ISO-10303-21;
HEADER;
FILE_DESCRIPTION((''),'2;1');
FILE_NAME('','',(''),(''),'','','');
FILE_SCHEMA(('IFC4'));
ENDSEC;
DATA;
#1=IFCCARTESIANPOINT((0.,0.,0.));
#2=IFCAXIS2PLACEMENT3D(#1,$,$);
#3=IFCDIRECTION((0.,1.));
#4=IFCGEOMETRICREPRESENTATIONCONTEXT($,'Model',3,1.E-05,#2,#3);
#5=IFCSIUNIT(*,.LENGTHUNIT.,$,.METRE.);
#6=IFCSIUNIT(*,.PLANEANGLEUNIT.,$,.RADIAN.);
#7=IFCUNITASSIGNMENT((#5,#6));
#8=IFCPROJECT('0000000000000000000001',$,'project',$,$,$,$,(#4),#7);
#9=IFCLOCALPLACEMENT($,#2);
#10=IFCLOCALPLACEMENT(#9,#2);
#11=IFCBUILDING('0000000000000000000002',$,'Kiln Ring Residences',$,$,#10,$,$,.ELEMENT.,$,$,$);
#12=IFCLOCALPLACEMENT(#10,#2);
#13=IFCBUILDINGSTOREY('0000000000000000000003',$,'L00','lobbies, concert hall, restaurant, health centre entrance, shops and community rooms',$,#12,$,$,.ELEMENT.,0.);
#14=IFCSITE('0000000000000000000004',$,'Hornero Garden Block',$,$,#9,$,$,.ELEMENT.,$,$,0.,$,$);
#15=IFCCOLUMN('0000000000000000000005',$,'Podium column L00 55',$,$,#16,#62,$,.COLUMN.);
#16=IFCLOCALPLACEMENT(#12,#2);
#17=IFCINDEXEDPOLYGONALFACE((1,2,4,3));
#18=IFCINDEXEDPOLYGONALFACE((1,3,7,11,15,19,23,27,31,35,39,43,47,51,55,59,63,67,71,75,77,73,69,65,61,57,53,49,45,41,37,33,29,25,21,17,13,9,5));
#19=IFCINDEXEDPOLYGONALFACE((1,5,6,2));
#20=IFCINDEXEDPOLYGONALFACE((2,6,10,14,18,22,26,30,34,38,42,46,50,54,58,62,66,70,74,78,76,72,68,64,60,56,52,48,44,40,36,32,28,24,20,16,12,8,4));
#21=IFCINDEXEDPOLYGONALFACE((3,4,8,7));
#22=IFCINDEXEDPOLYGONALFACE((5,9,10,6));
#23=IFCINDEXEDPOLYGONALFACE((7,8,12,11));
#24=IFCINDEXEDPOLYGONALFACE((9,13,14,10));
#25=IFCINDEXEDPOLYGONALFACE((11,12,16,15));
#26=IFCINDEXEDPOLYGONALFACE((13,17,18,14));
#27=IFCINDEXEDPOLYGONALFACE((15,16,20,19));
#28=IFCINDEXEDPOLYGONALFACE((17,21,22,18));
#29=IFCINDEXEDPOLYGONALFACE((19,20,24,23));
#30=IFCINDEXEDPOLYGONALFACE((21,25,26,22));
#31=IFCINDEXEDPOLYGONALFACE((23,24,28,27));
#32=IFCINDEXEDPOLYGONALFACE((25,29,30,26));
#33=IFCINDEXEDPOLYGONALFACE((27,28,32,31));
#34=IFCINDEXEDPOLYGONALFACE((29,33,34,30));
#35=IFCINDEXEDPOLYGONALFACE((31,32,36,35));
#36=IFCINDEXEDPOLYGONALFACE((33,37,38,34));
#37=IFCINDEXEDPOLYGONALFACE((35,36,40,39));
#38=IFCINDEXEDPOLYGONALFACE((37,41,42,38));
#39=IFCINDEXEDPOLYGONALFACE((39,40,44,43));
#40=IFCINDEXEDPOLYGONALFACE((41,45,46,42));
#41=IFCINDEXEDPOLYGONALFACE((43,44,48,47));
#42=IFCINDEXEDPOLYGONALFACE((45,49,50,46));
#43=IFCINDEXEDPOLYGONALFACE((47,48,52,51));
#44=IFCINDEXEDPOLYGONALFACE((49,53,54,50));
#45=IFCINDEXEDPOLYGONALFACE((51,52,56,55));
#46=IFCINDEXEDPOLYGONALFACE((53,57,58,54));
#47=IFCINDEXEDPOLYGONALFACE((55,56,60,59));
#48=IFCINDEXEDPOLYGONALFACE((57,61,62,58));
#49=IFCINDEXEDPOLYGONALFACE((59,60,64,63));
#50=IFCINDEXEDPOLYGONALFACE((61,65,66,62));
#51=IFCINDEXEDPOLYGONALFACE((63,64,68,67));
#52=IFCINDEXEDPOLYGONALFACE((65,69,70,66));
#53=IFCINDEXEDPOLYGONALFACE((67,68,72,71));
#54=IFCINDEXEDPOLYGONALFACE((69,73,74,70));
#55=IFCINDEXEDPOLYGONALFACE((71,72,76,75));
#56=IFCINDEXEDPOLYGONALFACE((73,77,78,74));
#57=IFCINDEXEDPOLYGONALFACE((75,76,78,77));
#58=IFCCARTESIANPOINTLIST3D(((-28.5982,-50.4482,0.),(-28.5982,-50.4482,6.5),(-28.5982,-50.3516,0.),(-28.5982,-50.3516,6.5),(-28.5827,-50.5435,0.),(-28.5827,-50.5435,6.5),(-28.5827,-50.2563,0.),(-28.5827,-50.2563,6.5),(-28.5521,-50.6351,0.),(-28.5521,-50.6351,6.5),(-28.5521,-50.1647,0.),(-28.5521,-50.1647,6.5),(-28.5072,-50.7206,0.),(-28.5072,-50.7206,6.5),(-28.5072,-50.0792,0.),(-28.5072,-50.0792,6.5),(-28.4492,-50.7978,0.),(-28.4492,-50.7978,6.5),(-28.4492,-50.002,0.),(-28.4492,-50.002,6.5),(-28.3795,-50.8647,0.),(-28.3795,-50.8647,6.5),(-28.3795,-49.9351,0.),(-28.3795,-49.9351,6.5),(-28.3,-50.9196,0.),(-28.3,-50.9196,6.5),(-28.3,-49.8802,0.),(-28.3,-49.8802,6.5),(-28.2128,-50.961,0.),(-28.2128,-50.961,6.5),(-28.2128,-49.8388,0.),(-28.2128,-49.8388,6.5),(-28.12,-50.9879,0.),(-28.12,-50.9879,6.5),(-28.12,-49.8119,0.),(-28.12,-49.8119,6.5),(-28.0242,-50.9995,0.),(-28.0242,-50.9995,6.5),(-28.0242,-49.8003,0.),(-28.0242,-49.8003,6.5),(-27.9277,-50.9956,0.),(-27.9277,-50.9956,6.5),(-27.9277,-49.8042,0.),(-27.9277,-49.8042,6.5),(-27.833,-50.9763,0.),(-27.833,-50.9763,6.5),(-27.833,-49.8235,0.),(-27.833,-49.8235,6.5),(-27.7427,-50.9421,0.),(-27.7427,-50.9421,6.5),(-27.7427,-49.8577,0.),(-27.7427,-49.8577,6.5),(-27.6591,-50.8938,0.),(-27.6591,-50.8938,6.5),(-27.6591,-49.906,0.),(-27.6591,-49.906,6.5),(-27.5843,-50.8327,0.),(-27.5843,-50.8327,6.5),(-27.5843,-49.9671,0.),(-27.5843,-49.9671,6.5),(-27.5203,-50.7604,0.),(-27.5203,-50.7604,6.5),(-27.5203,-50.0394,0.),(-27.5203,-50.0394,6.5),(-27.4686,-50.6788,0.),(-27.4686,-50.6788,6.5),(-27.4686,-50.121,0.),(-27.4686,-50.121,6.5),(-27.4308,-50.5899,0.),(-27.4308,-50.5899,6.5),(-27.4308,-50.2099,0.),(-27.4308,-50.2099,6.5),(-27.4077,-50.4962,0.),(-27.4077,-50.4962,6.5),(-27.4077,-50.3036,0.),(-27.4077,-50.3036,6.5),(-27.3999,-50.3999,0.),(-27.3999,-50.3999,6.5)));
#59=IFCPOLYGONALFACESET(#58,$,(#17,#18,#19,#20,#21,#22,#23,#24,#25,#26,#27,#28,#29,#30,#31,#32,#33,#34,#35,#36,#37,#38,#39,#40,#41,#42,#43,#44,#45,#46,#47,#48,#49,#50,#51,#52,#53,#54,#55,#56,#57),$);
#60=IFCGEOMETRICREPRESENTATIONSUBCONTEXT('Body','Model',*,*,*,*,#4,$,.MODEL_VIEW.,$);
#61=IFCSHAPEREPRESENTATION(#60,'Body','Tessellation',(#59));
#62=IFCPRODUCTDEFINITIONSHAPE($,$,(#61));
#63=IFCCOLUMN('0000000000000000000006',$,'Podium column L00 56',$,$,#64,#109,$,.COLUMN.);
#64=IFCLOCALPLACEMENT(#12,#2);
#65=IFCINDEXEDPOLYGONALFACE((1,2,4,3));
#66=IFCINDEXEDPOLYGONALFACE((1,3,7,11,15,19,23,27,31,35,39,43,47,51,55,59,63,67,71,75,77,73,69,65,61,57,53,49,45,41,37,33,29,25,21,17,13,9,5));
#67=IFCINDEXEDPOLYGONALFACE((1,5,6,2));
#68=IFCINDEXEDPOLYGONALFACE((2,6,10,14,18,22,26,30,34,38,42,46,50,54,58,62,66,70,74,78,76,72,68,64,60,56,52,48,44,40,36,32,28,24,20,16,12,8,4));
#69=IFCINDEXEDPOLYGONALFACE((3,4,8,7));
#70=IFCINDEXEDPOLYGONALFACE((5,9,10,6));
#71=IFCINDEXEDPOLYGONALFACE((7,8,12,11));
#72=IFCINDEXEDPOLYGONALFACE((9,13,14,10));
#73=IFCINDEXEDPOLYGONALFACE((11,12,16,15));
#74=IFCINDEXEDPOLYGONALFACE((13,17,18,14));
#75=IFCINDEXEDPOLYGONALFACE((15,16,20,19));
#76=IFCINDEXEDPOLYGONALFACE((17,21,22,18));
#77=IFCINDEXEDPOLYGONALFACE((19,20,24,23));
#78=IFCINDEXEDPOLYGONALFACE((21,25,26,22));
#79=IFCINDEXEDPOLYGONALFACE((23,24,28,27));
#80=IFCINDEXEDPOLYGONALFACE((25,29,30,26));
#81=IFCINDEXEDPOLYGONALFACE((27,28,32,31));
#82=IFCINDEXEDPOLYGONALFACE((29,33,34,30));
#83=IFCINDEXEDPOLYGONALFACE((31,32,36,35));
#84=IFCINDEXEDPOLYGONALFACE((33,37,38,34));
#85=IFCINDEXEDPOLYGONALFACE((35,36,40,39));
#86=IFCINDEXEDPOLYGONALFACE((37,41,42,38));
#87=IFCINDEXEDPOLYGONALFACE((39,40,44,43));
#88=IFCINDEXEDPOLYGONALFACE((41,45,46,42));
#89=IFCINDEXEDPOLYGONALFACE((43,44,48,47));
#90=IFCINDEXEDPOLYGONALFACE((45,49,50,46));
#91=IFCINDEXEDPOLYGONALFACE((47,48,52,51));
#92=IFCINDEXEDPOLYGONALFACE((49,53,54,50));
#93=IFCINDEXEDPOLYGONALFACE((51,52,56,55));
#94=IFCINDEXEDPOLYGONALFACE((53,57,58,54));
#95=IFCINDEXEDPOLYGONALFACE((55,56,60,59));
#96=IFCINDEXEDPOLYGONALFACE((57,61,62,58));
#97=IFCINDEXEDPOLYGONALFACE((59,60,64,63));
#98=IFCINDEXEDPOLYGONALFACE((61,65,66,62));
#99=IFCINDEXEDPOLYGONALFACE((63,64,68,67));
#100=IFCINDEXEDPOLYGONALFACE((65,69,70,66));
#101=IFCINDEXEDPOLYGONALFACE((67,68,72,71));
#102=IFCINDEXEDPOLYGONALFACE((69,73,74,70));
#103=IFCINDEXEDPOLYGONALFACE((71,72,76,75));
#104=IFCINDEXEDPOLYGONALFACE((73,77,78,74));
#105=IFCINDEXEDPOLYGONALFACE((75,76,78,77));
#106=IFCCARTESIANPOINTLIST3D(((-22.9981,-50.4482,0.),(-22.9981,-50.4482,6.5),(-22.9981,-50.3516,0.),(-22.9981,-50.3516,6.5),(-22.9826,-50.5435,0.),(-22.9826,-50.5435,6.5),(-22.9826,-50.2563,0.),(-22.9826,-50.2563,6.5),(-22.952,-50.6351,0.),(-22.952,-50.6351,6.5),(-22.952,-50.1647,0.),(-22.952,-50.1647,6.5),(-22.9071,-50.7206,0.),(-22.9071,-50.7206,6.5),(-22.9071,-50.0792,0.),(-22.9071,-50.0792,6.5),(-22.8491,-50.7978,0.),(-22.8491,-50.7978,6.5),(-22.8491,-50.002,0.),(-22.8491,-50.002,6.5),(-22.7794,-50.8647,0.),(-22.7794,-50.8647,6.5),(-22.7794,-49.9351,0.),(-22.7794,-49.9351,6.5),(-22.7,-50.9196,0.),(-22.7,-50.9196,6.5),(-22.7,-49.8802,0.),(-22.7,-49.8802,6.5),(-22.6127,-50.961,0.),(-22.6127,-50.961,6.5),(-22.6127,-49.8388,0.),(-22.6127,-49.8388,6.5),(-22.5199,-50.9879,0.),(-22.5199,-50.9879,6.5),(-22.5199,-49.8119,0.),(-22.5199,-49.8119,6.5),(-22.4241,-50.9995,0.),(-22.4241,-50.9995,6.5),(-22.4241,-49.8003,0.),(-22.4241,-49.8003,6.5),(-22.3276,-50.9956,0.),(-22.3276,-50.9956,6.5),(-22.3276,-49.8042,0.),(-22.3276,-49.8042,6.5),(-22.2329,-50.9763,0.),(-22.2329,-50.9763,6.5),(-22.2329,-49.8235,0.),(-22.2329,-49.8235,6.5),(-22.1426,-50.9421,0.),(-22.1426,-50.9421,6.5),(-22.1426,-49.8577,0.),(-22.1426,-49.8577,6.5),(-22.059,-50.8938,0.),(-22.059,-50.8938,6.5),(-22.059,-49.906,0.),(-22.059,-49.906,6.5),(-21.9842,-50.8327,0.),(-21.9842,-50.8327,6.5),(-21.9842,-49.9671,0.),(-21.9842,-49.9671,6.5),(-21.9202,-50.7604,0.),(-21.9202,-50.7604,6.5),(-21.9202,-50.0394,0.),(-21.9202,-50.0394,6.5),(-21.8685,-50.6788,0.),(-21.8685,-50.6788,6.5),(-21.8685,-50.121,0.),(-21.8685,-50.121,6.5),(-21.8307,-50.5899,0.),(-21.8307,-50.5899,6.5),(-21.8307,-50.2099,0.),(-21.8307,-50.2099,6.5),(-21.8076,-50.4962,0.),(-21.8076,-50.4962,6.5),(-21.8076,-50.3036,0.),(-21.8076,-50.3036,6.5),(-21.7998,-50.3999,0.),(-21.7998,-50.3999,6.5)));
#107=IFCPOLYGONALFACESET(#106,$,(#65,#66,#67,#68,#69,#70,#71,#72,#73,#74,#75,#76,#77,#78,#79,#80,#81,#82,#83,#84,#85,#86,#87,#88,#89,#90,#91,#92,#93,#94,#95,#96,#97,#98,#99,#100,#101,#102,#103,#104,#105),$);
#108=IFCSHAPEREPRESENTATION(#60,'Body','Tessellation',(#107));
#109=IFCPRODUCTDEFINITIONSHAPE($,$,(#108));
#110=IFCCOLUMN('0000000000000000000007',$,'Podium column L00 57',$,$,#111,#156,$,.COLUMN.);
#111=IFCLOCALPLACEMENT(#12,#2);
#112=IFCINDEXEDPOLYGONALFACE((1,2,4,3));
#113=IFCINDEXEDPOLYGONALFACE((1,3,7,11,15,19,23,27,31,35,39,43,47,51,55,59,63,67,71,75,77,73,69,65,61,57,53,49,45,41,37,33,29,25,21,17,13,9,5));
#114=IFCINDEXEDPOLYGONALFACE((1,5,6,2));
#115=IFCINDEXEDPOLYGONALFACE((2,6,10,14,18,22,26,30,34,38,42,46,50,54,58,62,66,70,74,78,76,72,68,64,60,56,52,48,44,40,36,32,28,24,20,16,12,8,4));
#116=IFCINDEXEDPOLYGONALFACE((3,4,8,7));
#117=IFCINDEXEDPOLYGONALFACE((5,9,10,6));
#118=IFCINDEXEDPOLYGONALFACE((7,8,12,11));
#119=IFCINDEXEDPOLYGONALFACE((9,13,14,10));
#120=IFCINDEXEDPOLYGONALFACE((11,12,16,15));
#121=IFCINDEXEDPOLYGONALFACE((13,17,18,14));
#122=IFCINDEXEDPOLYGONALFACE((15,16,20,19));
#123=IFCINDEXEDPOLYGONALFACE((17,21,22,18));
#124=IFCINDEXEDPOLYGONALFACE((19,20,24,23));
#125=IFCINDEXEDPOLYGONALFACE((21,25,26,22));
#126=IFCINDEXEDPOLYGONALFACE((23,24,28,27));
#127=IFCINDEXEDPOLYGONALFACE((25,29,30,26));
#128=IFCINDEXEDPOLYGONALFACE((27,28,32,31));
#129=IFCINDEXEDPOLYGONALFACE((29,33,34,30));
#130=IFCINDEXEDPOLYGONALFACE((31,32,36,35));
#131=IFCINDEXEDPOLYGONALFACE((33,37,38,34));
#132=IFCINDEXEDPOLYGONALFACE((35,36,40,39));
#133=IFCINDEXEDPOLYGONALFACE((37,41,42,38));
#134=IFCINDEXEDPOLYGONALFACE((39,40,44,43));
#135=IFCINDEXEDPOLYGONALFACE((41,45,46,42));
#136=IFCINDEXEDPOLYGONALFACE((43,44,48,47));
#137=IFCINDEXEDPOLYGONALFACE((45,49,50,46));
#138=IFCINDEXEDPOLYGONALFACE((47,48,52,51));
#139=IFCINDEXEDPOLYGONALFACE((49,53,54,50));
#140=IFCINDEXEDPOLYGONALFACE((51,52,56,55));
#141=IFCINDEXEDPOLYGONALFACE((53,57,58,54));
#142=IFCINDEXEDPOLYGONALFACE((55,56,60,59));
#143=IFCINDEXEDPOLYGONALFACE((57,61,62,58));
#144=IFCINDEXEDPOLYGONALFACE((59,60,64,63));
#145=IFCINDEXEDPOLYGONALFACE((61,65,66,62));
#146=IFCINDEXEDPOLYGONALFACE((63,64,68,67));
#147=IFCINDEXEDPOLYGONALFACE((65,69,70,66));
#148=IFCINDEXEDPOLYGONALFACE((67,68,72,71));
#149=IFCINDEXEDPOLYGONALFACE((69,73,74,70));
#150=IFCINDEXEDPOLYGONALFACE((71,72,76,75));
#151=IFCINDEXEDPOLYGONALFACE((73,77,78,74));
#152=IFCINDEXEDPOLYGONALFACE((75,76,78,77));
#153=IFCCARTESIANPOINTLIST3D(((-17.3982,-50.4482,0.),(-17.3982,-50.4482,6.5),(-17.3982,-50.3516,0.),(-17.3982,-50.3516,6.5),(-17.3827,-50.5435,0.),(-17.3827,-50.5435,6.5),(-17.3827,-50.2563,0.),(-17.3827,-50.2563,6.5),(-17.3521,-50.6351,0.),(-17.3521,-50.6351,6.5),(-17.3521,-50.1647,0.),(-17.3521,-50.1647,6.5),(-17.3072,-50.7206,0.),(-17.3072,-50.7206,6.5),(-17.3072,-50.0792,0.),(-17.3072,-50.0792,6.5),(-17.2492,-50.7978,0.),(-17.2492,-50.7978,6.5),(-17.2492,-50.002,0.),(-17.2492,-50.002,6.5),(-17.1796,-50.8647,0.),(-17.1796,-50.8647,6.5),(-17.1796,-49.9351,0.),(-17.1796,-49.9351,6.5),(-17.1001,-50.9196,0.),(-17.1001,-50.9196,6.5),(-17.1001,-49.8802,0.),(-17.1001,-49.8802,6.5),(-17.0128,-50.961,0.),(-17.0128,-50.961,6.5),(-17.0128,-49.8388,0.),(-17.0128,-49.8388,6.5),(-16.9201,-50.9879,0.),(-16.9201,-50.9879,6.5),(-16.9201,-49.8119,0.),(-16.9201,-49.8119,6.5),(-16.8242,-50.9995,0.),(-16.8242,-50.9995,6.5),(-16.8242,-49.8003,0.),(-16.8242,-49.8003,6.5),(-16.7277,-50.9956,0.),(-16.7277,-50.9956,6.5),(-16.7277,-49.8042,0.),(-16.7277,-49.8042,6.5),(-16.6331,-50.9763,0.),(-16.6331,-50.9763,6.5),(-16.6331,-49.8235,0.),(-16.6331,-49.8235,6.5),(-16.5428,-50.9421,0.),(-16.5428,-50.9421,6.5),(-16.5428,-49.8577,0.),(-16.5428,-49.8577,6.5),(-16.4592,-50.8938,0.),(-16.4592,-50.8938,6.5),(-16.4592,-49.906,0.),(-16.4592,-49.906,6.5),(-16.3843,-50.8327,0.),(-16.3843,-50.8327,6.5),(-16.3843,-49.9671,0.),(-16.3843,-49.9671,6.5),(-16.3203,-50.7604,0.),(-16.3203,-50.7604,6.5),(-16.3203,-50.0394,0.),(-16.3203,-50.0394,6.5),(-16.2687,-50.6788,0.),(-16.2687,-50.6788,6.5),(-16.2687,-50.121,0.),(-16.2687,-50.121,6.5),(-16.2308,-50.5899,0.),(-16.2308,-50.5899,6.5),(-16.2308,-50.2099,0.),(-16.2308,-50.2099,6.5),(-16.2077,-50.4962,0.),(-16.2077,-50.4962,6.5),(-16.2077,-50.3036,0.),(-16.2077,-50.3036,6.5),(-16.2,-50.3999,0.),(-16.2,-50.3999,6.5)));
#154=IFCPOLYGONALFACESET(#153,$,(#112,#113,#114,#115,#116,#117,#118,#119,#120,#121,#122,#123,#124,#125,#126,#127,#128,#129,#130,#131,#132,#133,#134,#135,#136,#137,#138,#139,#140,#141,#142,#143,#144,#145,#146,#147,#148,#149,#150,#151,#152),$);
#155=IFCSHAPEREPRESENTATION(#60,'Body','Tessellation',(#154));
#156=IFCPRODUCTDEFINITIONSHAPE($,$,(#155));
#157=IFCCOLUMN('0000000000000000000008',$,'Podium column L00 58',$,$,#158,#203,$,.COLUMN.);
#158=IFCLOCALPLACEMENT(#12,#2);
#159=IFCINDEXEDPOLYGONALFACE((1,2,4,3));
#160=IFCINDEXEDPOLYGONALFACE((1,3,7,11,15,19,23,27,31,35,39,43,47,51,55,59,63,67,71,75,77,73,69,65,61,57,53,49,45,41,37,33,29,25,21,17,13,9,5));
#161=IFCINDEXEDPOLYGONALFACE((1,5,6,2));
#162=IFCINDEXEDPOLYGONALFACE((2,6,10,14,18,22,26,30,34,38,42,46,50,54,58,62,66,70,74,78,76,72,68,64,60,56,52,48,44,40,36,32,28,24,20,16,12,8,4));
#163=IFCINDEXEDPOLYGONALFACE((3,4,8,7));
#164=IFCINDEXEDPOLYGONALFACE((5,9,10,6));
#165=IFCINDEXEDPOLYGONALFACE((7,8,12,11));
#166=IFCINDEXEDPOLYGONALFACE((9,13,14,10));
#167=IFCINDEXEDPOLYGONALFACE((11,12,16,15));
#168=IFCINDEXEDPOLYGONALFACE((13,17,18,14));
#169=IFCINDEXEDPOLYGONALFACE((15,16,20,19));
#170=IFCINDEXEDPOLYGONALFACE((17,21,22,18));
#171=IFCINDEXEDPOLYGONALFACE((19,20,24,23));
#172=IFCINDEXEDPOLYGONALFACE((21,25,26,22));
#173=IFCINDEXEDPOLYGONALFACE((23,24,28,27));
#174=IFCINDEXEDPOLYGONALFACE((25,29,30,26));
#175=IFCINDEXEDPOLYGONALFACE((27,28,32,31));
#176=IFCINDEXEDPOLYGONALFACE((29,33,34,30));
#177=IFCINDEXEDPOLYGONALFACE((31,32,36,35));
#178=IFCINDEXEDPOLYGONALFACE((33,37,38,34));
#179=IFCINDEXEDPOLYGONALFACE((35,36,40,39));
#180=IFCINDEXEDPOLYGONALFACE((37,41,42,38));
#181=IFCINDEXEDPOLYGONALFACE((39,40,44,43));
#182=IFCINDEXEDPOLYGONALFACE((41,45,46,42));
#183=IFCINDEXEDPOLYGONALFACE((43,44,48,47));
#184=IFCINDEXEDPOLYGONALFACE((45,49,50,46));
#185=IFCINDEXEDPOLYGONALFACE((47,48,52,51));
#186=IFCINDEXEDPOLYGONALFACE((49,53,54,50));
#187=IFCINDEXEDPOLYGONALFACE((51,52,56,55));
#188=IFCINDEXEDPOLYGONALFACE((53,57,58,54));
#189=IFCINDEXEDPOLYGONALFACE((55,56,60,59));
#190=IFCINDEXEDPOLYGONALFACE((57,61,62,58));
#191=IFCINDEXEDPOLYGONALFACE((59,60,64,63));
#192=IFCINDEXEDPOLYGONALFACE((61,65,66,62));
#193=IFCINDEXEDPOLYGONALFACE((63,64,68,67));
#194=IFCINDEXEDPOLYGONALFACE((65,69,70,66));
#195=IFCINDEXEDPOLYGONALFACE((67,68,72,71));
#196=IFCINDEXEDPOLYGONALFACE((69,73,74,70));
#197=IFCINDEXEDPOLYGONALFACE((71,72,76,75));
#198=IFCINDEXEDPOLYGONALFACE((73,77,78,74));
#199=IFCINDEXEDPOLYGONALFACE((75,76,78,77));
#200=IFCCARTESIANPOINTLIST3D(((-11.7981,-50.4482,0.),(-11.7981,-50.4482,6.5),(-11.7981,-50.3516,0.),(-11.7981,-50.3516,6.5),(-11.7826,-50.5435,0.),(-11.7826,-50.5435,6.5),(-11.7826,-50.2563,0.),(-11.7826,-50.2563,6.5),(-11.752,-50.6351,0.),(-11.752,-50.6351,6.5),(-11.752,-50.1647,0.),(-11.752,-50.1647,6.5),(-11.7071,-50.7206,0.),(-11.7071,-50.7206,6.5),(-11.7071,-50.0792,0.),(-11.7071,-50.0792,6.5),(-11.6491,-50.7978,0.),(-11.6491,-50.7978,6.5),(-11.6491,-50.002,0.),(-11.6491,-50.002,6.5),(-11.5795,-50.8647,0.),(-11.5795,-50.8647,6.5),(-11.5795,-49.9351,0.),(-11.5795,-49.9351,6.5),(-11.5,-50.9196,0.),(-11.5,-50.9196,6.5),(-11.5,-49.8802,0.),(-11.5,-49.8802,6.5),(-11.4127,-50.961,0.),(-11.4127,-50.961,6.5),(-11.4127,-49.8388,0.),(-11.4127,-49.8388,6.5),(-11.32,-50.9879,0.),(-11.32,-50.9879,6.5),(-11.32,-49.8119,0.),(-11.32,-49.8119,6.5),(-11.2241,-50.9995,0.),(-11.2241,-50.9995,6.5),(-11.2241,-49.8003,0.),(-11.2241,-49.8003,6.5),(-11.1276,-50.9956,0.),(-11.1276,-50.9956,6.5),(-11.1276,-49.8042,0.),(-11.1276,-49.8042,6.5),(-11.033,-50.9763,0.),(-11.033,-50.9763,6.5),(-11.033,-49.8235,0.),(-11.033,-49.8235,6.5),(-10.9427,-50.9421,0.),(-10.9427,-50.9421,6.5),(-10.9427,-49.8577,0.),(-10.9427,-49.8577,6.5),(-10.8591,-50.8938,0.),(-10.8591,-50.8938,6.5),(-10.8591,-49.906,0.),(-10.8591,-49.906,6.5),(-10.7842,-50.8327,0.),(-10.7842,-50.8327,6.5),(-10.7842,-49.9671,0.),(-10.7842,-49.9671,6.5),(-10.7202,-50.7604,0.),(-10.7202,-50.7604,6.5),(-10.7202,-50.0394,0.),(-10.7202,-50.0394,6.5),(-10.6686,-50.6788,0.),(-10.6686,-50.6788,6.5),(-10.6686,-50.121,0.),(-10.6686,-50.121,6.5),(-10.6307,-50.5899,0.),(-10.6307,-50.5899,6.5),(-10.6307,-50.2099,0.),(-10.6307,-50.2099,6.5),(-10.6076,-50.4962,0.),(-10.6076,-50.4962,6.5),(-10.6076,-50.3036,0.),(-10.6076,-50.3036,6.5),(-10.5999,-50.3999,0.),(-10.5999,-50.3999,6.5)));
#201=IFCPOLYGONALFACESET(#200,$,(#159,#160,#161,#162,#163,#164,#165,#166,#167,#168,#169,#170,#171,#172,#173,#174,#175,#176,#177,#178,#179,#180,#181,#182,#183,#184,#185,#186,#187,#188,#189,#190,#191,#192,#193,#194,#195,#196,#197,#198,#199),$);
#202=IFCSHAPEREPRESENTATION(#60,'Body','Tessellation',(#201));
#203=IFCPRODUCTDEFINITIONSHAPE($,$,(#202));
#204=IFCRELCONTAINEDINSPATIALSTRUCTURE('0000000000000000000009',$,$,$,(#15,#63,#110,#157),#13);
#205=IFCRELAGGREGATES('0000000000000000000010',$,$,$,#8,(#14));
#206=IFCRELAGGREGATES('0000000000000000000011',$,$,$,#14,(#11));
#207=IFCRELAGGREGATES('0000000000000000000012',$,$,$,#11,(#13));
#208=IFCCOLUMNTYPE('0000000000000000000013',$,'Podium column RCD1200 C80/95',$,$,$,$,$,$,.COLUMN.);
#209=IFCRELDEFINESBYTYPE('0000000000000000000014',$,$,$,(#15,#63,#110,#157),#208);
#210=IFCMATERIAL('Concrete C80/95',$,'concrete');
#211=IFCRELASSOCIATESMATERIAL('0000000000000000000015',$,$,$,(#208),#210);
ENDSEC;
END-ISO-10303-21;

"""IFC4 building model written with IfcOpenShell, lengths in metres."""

from ifc_helpers import new_model, si_unit, direction, frame, origin, origin_2d, place, context, subcontext, project, spatial, circle, extrude, material, material_profile, profile_set, type_object, element, save


model = new_model("IFC4")

# Units and contexts
model_context = context("Model", 3, precision=1e-05, world=origin(), true_north=direction((0.0, 1.0)))
body_context = subcontext(model_context, "Body", "Model", "MODEL_VIEW")
ifc_project = project(units=[si_unit("LENGTHUNIT", "METRE"), si_unit("PLANEANGLEUNIT", "RADIAN")], contexts=[model_context])

# Site, building, storey
site_placement = place(None, origin())
site = spatial("IfcSite", under=ifc_project, at=site_placement, Name="Hornero Garden Block", CompositionType="ELEMENT", RefElevation=0.0)
building_placement = place(site_placement, origin())
building = spatial("IfcBuilding", under=site, at=building_placement, Name="Kiln Ring Residences", CompositionType="ELEMENT")
storey_placement = place(building_placement, origin())
storey = spatial("IfcBuildingStorey", under=building, at=storey_placement, Name="L00", Description="lobbies, concert hall, restaurant, health centre entrance, shops and community rooms", CompositionType="ELEMENT", Elevation=0.0)

# Columns
ifc_material_1 = material(Name="Concrete C80/95", Category="concrete")
ifc_material_profile_1 = material_profile(ifc_material_1, circle(Radius=0.6001, at=origin_2d()), Name="RCD1200")
ifc_profile_set_1 = profile_set([ifc_material_profile_1], Name="Concrete C80/95")
column_type = type_object("IfcColumnType", Name="Podium column RCD1200 C80/95", PredefinedType="COLUMN", material=ifc_profile_set_1)
for number, where, z_axis, x_axis, name in (
    (1, (-28.0, -50.3999, 0.0), (0.0, 0.0, 1.0), (1.0, 0.0, 0.0), "Podium column L00 55"),
    (2, (-22.3999, -50.3999, 0.0), (0.0, 0.0, 1.0), (1.0, 0.0, 0.0), "Podium column L00 56"),
    (3, (-16.8, -50.3999, 0.0), (0.0, 0.0, 1.0), (1.0, 0.0, 0.0), "Podium column L00 57"),
    (4, (-11.2, -50.3999, 0.0), (0.0, 0.0, 1.0), (1.0, 0.0, 0.0), "Podium column L00 58"),
):
    element("IfcColumn", number, at=place(storey_placement, frame(where, z_axis=z_axis, x_axis=x_axis)), inside=storey, type_object=column_type, Name=name, PredefinedType="COLUMN", context=body_context, shape_type="SweptSolid", body=[
        extrude(circle(Radius=0.6001, at=origin_2d()), origin(), (0.0, 0.0, 1.0), 6.5),
    ])

save(model, "model.ifc")
